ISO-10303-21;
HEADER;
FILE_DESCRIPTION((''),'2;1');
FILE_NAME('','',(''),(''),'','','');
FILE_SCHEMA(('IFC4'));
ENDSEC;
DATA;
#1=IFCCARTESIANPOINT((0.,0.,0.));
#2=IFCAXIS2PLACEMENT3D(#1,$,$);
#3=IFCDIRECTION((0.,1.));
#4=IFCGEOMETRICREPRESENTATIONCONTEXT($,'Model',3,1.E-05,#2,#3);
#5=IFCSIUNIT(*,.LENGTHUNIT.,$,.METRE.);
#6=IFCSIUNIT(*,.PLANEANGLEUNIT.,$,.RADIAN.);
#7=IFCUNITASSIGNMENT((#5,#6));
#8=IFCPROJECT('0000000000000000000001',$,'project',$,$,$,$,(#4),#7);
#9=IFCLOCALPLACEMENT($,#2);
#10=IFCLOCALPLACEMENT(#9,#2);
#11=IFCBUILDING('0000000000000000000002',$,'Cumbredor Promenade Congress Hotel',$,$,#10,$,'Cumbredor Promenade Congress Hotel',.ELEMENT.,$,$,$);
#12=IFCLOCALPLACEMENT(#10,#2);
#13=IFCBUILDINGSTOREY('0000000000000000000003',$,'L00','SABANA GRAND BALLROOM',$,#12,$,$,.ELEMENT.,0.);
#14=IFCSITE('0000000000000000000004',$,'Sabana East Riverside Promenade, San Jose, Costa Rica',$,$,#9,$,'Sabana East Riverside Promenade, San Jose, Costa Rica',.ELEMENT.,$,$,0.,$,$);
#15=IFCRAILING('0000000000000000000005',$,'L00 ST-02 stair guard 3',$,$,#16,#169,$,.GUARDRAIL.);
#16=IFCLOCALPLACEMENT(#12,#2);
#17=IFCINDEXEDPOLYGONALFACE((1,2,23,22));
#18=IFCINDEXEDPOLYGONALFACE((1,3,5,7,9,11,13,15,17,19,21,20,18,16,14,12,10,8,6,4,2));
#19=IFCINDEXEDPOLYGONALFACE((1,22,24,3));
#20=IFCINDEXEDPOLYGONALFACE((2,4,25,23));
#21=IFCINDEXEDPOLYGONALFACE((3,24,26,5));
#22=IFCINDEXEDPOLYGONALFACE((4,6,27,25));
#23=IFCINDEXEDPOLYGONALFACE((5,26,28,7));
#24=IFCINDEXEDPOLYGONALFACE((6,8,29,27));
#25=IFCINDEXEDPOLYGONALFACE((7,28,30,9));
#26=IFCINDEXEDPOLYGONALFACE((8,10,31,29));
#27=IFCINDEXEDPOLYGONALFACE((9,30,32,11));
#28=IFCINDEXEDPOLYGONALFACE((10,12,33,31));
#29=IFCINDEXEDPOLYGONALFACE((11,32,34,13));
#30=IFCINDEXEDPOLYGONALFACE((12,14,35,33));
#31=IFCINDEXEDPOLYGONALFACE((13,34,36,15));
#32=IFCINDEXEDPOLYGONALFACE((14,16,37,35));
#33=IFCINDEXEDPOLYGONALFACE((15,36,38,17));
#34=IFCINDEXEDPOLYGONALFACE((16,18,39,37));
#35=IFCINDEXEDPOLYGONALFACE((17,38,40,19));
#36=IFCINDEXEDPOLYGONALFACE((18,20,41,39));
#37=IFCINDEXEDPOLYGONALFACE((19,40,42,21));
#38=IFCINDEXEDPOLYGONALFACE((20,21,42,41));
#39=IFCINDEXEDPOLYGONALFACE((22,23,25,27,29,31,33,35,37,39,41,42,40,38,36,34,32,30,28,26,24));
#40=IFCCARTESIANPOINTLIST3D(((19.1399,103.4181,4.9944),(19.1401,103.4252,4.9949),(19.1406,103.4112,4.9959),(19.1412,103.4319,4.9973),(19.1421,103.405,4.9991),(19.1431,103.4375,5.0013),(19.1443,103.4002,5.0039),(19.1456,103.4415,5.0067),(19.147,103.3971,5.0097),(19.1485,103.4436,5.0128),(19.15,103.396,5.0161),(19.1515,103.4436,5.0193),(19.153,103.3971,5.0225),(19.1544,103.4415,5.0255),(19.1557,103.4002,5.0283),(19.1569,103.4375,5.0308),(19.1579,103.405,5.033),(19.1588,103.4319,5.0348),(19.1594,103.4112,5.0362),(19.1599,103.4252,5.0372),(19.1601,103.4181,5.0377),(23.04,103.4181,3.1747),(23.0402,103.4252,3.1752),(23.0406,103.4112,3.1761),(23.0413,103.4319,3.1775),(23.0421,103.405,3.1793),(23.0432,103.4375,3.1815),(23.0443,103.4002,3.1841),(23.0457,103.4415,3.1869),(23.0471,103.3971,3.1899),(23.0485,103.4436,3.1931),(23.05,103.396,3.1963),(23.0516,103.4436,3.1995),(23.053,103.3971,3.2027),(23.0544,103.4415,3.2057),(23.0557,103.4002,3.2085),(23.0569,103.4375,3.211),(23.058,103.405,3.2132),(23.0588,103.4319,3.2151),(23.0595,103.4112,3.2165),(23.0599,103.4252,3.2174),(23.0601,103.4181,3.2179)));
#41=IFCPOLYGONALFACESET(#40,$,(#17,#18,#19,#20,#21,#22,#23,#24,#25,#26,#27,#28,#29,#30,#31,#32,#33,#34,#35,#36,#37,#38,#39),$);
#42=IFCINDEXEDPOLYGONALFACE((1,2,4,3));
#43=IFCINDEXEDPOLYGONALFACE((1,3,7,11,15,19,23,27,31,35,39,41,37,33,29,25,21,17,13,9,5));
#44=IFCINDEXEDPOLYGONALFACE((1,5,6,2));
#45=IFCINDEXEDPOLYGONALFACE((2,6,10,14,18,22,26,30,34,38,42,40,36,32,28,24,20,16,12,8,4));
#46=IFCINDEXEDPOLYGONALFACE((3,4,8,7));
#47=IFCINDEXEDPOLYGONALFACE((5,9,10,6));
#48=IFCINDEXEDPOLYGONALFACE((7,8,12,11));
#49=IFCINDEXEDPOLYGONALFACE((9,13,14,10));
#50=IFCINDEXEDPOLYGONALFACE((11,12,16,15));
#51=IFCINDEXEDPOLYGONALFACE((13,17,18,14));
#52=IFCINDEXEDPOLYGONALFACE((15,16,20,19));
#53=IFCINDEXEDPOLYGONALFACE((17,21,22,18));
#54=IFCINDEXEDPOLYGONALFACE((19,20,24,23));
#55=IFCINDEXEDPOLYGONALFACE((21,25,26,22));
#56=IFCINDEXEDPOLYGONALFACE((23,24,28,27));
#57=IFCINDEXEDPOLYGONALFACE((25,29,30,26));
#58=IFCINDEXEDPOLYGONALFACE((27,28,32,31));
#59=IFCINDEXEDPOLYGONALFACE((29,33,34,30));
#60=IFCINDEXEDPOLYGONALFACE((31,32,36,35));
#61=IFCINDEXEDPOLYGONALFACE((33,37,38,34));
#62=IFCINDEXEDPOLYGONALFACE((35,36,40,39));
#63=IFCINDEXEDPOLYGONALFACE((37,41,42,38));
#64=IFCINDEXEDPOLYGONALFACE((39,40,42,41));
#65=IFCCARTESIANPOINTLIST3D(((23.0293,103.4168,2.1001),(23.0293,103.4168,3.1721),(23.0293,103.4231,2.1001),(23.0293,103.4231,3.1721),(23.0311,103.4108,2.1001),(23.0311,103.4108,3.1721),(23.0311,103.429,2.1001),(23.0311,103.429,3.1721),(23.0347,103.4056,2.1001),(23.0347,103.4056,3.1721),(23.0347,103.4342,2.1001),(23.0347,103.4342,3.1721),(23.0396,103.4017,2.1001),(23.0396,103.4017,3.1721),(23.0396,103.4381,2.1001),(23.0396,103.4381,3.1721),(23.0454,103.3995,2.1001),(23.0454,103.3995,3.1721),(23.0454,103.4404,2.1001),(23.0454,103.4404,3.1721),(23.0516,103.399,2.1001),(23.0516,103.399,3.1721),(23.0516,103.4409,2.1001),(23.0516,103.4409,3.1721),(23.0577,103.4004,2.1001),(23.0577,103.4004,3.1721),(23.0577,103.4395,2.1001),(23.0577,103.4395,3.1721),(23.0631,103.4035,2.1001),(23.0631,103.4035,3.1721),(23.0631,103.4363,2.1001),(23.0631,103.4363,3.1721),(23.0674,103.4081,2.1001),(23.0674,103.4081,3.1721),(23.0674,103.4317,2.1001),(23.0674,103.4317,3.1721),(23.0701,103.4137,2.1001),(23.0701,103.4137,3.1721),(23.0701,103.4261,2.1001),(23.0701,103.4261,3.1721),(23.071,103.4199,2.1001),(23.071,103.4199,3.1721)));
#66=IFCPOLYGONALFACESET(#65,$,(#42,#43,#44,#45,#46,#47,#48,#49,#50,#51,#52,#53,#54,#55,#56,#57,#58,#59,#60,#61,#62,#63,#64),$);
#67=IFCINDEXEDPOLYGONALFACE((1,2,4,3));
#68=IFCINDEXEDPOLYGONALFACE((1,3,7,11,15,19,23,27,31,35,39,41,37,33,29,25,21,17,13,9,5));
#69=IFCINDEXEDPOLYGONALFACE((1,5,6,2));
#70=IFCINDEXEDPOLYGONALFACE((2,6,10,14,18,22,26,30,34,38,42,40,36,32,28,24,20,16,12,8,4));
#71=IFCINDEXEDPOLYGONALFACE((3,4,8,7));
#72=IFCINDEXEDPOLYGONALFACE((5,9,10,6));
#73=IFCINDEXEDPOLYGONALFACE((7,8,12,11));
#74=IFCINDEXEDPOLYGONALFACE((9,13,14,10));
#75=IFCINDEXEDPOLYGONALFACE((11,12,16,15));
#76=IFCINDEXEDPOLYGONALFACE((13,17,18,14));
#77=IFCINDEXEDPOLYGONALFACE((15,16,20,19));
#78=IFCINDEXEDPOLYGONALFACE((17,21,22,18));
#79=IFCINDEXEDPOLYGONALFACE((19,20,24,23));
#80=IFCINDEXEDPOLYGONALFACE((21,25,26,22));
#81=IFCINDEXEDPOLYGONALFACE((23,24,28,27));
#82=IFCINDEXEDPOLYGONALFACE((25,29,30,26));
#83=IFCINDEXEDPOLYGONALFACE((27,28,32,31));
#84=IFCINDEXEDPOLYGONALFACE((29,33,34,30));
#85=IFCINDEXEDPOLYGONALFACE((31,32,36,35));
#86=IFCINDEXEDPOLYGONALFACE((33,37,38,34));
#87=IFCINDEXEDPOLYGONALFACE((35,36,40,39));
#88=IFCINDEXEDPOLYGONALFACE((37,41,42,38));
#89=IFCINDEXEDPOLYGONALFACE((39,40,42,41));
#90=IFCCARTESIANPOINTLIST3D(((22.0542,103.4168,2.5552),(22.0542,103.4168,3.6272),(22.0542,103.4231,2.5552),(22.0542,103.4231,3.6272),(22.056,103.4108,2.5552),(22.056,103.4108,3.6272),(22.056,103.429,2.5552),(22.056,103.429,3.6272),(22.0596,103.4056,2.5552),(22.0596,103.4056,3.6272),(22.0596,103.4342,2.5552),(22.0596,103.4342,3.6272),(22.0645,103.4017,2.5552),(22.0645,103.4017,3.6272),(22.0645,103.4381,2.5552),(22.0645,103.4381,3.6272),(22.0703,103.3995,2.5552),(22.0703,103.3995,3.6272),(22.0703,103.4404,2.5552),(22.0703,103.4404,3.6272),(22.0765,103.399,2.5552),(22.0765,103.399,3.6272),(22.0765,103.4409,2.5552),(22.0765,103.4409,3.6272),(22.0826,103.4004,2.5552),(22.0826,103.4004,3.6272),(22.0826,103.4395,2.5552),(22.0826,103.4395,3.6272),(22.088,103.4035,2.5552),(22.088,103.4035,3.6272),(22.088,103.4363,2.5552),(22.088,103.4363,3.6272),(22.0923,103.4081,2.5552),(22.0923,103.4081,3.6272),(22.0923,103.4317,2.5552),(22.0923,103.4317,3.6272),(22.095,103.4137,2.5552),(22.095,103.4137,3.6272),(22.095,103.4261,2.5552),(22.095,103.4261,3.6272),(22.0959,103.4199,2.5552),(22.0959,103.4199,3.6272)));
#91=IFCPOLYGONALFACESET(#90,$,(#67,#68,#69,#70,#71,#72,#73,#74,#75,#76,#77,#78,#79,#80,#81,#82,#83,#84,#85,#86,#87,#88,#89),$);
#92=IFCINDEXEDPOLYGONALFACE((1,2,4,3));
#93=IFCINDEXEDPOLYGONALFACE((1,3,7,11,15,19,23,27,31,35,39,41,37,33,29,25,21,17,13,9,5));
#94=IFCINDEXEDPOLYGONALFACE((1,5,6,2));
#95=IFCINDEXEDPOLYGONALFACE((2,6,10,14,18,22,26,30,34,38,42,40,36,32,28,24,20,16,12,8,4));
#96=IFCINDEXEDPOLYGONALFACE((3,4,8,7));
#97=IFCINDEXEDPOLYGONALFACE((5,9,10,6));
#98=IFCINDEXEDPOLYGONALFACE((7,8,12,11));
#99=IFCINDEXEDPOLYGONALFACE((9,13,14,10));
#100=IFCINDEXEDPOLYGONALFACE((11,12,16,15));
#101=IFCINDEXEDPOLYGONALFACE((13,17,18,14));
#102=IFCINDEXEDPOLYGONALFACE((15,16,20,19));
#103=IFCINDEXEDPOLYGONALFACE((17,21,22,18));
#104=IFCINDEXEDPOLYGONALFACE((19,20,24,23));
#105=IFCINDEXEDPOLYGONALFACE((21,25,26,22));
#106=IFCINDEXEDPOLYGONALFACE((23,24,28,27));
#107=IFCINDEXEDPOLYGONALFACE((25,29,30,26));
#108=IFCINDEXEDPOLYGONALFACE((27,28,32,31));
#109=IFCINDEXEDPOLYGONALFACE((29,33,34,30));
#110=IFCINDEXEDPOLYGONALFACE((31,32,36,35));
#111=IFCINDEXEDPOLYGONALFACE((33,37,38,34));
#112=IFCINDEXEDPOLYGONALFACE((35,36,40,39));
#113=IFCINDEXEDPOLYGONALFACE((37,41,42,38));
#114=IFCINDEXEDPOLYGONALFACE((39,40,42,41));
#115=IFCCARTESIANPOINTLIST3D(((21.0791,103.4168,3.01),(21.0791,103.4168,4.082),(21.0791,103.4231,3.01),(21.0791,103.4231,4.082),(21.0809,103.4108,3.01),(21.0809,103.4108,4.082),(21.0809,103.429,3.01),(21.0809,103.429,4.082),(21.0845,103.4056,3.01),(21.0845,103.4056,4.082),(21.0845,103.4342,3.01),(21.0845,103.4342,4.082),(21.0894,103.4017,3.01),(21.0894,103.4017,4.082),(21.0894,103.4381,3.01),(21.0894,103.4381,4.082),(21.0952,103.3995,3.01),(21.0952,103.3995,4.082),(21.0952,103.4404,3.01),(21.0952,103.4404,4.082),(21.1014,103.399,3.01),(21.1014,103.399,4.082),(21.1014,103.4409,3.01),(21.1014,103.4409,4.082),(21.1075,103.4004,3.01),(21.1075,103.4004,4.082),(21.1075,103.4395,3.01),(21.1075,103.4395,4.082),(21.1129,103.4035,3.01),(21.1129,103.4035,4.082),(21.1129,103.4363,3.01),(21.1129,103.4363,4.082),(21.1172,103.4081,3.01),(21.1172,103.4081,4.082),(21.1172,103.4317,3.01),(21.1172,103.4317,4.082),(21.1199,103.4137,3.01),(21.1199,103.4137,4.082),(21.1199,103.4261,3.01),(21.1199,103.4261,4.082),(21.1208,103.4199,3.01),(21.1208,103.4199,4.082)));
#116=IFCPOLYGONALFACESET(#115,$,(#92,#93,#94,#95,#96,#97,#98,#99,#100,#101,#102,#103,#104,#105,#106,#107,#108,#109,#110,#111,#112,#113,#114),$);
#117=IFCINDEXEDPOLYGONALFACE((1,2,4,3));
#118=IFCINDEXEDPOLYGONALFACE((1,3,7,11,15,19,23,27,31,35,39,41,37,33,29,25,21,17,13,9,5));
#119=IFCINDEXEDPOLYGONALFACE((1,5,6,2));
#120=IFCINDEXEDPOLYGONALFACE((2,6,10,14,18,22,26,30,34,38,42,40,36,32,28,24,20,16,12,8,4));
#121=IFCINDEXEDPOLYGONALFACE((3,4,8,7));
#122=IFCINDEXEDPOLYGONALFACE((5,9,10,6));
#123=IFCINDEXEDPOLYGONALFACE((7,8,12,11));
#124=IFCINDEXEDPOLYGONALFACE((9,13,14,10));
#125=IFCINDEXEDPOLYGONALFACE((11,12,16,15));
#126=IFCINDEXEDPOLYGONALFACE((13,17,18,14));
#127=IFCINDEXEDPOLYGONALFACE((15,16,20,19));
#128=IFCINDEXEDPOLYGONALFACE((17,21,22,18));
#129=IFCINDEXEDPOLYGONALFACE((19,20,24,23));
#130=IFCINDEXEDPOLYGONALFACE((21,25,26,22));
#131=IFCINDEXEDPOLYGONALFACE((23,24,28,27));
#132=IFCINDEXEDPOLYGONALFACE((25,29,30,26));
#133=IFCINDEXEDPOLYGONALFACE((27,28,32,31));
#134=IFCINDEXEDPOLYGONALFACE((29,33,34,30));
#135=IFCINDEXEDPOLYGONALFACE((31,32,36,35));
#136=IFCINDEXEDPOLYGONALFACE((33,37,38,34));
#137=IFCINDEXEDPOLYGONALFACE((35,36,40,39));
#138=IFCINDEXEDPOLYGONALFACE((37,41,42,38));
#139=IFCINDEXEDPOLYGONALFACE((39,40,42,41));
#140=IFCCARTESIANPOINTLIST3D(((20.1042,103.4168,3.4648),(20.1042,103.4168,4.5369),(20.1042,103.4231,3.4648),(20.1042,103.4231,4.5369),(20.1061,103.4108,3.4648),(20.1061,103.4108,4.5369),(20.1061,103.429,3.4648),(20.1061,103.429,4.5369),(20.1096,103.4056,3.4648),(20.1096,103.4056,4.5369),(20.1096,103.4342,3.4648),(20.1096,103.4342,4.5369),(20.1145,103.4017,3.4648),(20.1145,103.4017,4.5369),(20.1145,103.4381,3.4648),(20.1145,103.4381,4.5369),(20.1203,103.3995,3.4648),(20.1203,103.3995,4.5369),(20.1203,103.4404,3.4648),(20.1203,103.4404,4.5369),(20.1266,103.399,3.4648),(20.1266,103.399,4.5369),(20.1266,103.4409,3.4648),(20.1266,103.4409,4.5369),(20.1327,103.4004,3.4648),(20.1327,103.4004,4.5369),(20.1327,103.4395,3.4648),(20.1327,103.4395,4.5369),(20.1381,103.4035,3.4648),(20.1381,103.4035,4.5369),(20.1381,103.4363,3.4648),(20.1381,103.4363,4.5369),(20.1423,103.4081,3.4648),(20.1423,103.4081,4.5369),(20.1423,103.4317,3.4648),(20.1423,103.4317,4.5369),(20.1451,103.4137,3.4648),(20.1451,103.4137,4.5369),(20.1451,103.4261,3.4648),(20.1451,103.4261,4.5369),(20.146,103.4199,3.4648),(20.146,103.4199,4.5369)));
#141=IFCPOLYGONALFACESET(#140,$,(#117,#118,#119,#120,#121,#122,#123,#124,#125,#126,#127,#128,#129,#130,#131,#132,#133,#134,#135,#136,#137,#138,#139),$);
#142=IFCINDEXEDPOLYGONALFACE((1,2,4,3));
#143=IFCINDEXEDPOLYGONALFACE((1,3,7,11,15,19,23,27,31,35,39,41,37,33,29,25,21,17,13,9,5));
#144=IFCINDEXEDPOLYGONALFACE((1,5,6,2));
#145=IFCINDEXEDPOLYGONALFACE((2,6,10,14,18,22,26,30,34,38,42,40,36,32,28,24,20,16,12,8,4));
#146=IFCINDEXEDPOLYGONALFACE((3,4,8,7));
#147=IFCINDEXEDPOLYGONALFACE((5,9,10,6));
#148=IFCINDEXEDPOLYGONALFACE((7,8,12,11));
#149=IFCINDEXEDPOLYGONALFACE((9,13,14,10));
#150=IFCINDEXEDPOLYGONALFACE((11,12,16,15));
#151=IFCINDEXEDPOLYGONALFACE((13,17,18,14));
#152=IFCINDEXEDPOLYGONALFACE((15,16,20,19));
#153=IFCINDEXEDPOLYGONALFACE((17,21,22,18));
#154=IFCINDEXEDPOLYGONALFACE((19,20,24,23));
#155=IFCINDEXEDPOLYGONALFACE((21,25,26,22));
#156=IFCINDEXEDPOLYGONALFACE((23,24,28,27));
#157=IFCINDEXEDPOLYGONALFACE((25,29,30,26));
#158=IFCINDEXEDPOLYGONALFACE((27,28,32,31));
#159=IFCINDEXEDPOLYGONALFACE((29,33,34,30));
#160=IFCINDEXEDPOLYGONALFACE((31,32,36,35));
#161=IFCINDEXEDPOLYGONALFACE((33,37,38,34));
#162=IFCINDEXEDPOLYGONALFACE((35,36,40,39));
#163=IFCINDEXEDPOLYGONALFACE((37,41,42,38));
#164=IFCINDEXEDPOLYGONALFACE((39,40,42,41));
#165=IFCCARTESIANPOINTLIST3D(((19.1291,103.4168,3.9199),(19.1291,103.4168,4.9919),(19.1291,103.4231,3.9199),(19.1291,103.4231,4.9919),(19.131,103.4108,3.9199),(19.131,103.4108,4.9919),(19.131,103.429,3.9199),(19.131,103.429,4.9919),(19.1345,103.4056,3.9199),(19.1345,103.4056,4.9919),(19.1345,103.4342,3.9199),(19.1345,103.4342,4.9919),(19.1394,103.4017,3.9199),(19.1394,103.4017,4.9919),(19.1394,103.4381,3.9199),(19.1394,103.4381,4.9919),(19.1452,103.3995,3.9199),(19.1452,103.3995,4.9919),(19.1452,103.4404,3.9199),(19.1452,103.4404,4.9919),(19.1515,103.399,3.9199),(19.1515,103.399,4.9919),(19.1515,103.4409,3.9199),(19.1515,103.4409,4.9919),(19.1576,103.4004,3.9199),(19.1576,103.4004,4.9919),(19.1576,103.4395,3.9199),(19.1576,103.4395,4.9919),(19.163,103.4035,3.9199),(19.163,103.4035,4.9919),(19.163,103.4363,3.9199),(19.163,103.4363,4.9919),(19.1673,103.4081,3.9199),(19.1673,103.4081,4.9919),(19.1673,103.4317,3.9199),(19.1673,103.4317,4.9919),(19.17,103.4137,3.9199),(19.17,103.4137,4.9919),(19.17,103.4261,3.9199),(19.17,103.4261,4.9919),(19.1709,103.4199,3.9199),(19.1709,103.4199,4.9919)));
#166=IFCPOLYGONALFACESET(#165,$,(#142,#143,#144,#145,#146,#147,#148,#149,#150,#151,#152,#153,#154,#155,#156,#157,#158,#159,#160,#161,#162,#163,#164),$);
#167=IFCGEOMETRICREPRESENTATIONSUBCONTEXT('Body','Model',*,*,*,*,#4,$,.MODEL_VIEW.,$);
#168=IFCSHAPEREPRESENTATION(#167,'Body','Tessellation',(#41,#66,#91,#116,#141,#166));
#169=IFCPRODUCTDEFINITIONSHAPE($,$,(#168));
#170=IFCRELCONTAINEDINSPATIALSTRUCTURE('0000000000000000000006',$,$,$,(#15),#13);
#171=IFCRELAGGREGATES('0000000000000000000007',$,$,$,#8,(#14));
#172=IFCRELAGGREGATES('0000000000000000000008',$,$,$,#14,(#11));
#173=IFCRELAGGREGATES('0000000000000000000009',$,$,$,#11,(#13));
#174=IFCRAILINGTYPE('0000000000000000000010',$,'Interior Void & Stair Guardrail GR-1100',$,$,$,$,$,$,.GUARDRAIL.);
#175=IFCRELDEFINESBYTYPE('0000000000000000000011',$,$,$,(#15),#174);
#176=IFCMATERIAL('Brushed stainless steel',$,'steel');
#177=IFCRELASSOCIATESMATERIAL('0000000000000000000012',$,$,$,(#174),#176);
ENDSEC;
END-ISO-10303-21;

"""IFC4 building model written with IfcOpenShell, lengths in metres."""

from ifc_helpers import new_model, si_unit, direction, frame, origin, origin_2d, place, context, subcontext, project, spatial, circle, extrude, material, type_object, element, save


model = new_model("IFC4")

# Units and contexts
model_context = context("Model", 3, precision=1e-05, world=origin(), true_north=direction((0.0, 1.0)))
body_context = subcontext(model_context, "Body", "Model", "MODEL_VIEW")
ifc_project = project(units=[si_unit("LENGTHUNIT", "METRE"), si_unit("PLANEANGLEUNIT", "RADIAN")], contexts=[model_context])

# Site, building, storey
site_placement = place(None, origin())
site = spatial("IfcSite", under=ifc_project, at=site_placement, Name="Sabana East Riverside Promenade, San Jose, Costa Rica", LongName="Sabana East Riverside Promenade, San Jose, Costa Rica", CompositionType="ELEMENT", RefElevation=0.0)
building_placement = place(site_placement, origin())
building = spatial("IfcBuilding", under=site, at=building_placement, Name="Cumbredor Promenade Congress Hotel", LongName="Cumbredor Promenade Congress Hotel", CompositionType="ELEMENT")
storey_placement = place(building_placement, origin())
storey = spatial("IfcBuildingStorey", under=building, at=storey_placement, Name="L00", Description="SABANA GRAND BALLROOM", CompositionType="ELEMENT", Elevation=0.0)

# Shared definitions
ifc_material_1 = material(Name="Brushed stainless steel", Category="steel")

# Railing
railing_type_1 = type_object("IfcRailingType", Name="Interior Void & Stair Guardrail GR-1100", PredefinedType="GUARDRAIL", material=ifc_material_1)
railing_1_placement = place(storey_placement, frame((23.05, 103.4199, 2.1001)))
element("IfcRailing", 1, at=railing_1_placement, inside=storey, type_object=railing_type_1, Name="L00 ST-02 stair guard 3", PredefinedType="GUARDRAIL", context=body_context, shape_type="SweptSolid", body=[
    extrude(circle(Radius=0.0239, at=origin_2d()), frame((0.0, 0.0, 1.0962), z_axis=(-0.906205, 0.0, 0.422839), x_axis=(0.0, -1.0, 0.0)), (0.0, 0.0, 1.0), 4.3037),
    extrude(circle(Radius=0.021, at=origin_2d()), origin(), (0.0, 0.0, 1.0), 1.072),
    extrude(circle(Radius=0.021, at=origin_2d()), frame((-0.9751, 0.0, 0.4551)), (0.0, 0.0, 1.0), 1.072),
    extrude(circle(Radius=0.021, at=origin_2d()), frame((-1.9502, 0.0, 0.9099)), (0.0, 0.0, 1.0), 1.072),
    extrude(circle(Radius=0.021, at=origin_2d()), frame((-2.925, 0.0, 1.3647)), (0.0, 0.0, 1.0), 1.072),
    extrude(circle(Radius=0.021, at=origin_2d()), frame((-3.9001, 0.0, 1.8198)), (0.0, 0.0, 1.0), 1.072),
])

save(model, "model.ifc")
